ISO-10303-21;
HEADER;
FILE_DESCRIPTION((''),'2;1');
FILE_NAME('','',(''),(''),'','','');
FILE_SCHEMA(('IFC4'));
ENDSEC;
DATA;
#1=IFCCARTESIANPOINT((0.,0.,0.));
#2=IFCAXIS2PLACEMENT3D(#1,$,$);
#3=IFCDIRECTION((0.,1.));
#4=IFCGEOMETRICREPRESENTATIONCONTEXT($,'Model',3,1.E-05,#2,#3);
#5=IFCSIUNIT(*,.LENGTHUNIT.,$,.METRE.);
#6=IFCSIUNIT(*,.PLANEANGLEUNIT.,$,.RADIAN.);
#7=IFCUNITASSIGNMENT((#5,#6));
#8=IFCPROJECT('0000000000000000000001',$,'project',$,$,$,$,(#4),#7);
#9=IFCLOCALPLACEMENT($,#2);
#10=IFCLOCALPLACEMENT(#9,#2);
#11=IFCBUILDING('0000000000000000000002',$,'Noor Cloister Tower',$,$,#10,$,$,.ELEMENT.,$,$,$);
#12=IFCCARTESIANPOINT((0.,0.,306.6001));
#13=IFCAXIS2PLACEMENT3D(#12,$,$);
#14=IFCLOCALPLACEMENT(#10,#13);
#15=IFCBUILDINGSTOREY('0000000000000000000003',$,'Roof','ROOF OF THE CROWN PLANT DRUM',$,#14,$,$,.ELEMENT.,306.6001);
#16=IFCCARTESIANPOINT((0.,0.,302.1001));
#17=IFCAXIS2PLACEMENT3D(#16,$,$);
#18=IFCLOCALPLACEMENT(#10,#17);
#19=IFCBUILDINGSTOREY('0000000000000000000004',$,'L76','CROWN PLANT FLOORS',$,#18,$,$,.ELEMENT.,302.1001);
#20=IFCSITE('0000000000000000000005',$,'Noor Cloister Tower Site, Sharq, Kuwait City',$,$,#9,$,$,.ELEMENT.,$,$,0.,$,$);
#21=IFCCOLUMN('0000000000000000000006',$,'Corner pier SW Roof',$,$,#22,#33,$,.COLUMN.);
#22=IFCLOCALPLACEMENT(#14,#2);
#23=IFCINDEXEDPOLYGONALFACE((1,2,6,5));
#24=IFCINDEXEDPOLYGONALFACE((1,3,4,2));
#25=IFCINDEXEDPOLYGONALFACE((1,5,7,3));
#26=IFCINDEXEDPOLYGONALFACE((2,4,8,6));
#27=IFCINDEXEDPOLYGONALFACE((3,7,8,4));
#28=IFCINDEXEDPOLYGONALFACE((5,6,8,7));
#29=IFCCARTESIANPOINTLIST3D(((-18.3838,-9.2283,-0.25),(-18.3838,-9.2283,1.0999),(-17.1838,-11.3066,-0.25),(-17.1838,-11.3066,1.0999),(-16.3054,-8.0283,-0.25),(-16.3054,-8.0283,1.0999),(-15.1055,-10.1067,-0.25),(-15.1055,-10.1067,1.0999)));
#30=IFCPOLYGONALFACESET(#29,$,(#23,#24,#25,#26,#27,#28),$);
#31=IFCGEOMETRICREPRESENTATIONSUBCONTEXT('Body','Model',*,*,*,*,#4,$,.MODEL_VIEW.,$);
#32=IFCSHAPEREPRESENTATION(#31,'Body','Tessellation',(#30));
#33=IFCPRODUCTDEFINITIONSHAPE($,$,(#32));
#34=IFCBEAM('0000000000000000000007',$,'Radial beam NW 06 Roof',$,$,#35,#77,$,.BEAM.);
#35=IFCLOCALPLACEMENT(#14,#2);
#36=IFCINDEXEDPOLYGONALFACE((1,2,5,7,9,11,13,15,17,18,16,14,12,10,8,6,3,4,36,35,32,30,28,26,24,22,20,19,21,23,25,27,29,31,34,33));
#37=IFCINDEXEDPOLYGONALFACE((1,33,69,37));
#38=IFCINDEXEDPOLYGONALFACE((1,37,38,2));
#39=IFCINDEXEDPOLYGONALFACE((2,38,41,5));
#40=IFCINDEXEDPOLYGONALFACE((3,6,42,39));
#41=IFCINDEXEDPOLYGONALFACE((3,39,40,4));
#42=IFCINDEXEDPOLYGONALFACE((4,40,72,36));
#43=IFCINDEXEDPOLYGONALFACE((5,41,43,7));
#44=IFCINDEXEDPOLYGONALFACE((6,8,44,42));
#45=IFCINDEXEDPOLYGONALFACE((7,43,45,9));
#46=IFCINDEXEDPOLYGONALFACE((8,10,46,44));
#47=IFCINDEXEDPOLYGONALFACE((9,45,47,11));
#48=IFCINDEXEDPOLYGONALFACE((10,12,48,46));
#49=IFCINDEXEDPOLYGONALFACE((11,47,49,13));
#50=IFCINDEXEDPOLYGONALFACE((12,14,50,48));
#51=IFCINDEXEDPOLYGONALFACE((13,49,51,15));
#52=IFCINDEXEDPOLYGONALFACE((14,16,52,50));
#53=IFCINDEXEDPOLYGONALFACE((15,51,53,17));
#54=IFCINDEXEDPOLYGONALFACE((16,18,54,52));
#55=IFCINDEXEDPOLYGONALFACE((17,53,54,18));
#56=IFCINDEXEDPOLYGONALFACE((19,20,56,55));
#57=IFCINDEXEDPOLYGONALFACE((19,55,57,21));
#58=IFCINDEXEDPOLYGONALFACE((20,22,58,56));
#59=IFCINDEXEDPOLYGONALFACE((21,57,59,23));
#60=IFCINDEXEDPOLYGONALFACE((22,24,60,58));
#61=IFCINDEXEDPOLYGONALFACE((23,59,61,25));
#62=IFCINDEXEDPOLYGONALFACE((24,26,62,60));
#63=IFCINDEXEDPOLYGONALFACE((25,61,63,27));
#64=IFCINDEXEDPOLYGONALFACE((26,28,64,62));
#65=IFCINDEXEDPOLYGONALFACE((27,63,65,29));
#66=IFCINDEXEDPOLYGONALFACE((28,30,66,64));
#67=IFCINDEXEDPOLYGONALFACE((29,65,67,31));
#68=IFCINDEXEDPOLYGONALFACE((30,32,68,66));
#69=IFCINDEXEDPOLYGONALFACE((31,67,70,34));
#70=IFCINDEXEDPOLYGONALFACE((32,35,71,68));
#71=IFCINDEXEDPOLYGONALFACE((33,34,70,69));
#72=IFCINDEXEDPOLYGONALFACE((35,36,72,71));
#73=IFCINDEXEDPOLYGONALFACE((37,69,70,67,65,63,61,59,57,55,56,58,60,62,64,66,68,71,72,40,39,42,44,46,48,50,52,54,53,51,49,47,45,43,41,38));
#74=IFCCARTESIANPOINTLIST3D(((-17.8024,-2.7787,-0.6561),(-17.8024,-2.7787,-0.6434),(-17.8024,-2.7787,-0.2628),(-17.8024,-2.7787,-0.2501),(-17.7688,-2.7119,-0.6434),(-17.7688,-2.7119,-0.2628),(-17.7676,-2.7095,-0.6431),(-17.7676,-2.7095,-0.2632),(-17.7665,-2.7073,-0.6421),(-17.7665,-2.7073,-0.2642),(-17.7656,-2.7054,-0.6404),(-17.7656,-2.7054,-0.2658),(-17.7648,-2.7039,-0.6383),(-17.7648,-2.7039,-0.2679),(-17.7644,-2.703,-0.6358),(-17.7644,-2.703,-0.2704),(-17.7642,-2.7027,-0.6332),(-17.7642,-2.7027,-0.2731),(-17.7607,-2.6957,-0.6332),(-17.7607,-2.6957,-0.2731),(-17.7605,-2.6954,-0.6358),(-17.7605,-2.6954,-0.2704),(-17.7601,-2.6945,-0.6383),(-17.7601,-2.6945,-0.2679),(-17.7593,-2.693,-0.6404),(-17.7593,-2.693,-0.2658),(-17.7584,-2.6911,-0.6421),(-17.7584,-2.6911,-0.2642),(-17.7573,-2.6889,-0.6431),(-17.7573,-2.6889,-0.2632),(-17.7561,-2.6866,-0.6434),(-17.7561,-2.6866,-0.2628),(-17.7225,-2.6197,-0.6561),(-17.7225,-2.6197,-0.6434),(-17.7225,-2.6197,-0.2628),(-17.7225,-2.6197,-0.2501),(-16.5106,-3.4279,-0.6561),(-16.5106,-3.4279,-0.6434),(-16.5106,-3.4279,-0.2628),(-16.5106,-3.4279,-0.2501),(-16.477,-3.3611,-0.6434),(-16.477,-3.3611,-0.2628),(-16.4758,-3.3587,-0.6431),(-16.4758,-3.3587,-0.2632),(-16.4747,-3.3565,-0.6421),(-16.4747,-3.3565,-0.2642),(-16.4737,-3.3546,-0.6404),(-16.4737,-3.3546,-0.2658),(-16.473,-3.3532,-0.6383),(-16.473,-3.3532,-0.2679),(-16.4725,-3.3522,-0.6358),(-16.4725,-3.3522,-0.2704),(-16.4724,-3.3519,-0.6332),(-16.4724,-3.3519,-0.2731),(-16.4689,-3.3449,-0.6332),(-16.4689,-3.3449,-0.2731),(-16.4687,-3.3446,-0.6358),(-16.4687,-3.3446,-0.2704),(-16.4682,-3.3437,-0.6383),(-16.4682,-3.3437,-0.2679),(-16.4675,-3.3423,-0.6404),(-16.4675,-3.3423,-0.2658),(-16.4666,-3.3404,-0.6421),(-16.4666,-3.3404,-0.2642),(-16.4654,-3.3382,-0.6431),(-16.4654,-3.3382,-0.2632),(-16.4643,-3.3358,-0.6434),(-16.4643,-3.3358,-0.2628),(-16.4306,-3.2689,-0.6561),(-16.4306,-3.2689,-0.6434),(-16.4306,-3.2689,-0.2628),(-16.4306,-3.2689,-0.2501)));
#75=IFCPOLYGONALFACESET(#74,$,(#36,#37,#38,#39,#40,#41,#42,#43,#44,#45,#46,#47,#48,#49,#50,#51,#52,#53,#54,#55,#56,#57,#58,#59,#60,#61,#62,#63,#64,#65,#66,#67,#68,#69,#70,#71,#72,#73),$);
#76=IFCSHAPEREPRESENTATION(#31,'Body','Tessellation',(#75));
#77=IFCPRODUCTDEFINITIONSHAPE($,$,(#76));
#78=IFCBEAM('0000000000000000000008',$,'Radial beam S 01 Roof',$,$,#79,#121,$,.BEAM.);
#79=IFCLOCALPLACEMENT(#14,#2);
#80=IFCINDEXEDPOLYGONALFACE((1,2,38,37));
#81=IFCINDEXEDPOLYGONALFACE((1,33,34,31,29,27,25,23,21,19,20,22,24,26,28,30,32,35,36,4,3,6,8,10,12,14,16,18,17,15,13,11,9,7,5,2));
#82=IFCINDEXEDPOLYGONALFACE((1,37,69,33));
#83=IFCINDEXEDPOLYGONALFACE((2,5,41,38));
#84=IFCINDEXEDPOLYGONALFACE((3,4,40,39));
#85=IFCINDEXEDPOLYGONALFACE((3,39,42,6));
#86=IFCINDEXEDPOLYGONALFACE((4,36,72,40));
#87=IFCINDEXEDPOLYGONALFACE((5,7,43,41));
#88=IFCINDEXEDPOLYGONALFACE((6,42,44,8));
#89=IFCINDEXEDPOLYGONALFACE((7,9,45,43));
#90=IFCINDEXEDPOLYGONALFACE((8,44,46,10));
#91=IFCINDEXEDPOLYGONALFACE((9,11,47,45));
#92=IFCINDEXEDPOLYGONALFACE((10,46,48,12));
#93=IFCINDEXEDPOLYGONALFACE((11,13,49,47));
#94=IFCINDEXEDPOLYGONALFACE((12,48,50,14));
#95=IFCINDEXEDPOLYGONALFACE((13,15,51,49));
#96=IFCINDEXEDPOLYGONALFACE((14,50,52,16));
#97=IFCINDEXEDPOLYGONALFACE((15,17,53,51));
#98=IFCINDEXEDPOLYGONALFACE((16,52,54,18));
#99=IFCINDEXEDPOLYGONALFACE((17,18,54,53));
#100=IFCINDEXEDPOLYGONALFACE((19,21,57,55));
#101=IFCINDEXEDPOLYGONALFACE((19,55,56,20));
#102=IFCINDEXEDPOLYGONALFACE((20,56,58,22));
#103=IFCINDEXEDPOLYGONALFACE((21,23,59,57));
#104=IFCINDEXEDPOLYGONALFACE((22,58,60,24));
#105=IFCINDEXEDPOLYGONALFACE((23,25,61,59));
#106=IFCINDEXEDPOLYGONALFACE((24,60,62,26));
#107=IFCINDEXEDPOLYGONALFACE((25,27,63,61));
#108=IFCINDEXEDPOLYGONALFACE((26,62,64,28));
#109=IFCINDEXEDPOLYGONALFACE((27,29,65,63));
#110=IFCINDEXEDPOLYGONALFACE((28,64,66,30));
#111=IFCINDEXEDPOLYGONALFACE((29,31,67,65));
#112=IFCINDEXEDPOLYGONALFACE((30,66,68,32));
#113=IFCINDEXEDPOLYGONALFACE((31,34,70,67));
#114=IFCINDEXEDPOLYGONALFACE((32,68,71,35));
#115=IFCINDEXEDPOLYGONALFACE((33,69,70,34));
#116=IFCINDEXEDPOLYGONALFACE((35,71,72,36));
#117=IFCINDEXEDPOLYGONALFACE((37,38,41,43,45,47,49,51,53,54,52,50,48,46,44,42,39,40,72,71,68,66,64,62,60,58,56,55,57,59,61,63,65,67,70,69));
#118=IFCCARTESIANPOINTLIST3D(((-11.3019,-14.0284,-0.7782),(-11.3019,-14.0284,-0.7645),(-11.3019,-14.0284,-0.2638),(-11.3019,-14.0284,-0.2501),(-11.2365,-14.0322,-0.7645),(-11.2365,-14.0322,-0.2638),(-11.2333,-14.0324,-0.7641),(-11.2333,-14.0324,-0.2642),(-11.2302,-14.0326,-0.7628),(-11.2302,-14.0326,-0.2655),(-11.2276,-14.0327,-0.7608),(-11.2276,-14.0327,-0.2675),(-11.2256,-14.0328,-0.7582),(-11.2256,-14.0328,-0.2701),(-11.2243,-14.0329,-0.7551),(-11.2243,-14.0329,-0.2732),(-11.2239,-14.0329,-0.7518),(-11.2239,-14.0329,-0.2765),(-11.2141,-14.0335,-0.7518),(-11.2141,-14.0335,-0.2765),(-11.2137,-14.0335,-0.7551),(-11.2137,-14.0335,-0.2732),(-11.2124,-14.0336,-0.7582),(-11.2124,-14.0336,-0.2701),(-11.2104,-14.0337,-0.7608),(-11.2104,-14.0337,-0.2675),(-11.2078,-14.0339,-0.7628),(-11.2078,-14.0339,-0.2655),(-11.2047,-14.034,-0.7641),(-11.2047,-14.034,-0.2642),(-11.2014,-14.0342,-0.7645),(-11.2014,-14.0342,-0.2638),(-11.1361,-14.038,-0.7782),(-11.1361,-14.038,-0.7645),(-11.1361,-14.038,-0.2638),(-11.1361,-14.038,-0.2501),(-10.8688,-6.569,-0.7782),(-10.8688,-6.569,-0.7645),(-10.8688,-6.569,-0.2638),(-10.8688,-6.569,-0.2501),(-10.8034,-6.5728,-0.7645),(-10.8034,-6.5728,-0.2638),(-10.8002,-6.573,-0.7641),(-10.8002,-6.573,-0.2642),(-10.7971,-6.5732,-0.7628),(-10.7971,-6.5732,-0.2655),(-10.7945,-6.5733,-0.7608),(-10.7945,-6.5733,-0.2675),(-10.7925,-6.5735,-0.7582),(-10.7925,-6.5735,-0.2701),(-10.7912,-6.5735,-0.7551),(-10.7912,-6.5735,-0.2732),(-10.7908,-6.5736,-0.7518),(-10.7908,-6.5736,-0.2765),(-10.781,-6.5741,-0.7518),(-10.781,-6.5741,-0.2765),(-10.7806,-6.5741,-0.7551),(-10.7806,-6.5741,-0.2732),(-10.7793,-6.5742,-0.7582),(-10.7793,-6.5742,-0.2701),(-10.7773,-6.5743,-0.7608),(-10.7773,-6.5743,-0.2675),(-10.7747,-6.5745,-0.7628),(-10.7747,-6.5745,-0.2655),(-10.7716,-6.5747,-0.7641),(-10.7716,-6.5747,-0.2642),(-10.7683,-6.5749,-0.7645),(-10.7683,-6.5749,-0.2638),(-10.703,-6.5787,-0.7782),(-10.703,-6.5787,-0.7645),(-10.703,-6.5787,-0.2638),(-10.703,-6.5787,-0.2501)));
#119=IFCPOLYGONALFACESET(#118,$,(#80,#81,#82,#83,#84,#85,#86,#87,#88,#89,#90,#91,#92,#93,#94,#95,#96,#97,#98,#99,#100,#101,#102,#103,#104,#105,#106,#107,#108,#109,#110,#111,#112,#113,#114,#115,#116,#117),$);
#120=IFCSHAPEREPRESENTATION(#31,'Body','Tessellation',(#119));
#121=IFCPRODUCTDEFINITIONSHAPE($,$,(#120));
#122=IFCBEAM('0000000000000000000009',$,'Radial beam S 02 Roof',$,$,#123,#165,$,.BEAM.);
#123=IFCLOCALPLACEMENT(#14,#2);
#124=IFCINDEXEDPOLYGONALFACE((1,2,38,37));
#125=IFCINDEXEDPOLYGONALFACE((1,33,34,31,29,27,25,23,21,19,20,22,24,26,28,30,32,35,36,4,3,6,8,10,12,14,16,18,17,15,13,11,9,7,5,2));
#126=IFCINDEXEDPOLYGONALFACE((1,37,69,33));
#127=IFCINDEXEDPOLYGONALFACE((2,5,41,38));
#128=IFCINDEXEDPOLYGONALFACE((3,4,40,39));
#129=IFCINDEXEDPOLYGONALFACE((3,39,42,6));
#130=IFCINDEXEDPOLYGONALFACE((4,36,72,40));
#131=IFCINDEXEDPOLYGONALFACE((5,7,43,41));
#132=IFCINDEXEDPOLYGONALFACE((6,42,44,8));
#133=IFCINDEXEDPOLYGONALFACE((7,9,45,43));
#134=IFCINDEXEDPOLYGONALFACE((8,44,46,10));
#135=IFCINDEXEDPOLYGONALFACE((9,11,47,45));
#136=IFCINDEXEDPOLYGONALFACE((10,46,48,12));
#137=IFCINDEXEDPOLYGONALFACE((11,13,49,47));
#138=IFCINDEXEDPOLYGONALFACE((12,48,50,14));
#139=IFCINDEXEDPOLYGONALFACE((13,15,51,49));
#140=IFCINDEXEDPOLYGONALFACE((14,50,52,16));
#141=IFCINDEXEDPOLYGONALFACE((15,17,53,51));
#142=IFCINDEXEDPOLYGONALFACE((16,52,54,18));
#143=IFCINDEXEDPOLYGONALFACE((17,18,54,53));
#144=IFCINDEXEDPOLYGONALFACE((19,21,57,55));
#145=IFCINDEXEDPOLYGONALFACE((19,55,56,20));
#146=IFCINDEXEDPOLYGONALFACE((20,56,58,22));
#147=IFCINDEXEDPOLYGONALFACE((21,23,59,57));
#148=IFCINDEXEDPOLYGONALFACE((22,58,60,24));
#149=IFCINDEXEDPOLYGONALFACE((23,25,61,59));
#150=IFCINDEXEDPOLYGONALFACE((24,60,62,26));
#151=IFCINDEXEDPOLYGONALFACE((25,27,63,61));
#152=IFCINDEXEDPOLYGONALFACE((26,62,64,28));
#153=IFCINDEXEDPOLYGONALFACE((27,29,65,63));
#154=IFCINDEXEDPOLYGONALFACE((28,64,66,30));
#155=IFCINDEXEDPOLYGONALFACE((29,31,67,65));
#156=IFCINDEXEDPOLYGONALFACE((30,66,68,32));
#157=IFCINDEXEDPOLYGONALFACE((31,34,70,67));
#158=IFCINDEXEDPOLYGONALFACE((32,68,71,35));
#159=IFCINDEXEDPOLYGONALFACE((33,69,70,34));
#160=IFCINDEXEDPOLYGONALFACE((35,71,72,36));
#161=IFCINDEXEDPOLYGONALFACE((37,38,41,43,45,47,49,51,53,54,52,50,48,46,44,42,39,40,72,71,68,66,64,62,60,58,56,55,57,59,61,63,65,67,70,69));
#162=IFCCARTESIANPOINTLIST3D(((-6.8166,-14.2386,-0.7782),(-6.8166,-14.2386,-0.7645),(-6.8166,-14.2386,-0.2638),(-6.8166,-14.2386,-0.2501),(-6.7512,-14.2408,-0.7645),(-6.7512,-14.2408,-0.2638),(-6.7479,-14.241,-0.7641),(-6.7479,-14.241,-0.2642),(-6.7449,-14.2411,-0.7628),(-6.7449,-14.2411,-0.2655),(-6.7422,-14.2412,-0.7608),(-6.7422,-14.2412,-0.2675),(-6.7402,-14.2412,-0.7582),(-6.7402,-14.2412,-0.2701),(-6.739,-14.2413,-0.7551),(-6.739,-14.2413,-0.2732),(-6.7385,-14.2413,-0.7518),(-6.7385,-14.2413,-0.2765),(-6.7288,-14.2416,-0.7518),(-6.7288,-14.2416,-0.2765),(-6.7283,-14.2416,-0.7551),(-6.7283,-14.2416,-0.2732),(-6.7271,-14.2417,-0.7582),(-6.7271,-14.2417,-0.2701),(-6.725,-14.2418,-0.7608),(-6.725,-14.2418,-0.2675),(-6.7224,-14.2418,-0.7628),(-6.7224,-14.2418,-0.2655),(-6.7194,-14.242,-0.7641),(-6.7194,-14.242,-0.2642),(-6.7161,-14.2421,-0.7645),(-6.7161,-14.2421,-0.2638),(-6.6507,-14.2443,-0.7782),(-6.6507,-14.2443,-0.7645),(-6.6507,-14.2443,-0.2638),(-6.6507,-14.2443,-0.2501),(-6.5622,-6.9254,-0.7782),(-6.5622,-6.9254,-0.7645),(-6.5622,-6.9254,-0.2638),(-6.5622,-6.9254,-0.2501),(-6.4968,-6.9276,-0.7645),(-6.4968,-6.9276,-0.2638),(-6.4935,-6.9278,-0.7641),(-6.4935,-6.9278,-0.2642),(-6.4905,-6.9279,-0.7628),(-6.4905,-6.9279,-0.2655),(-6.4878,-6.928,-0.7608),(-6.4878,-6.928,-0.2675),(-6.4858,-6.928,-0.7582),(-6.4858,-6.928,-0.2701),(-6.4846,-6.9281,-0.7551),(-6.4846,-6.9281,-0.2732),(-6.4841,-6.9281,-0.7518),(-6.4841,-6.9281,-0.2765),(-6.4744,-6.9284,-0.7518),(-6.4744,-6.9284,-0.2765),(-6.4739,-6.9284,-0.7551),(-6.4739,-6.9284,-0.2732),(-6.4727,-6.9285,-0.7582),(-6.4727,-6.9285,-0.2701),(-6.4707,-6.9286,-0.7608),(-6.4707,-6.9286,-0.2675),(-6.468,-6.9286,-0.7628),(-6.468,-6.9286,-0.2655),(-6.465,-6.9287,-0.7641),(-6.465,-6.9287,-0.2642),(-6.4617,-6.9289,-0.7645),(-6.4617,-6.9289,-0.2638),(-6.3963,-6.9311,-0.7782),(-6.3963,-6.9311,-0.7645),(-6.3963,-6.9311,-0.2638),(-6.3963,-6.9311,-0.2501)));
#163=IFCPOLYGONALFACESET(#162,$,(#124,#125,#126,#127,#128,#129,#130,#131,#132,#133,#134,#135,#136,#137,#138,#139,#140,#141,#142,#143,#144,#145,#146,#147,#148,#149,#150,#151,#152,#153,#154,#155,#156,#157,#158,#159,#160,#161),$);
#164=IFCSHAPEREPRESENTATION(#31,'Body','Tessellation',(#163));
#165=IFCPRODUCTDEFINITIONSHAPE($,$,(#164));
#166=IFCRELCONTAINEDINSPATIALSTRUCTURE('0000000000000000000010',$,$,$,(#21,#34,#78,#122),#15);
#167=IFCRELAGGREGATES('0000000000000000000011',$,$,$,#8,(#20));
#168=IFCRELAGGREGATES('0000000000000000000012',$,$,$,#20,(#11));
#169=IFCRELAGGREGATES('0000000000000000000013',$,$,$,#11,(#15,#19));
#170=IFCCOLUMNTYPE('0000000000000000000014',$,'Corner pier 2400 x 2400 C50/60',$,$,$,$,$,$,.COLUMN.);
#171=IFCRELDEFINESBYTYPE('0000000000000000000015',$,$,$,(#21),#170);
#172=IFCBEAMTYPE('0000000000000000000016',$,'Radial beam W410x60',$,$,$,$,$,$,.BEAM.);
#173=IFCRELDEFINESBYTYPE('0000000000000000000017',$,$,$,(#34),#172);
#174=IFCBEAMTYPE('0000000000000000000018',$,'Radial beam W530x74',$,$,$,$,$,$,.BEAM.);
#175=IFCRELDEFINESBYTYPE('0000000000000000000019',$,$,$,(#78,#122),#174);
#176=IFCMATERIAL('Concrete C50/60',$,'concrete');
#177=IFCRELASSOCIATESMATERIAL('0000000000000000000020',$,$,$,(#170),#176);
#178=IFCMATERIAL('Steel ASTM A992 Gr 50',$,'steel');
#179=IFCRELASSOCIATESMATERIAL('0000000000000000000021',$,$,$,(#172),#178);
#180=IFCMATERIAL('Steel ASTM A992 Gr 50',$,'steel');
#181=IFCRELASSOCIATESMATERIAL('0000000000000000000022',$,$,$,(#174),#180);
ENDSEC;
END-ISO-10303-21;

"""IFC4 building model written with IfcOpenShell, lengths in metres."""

from ifc_helpers import new_model, si_unit, direction, frame, origin, origin_2d, place, context, subcontext, project, spatial, rectangle, i_section, extrude, material, material_profile, profile_set, type_object, element, save


model = new_model("IFC4")

# Units and contexts
model_context = context("Model", 3, precision=1e-05, world=origin(), true_north=direction((0.0, 1.0)))
body_context = subcontext(model_context, "Body", "Model", "MODEL_VIEW")
ifc_project = project(units=[si_unit("LENGTHUNIT", "METRE"), si_unit("PLANEANGLEUNIT", "RADIAN")], contexts=[model_context])

# Site, building, storey
site_placement = place(None, origin())
site = spatial("IfcSite", under=ifc_project, at=site_placement, Name="Noor Cloister Tower Site, Sharq, Kuwait City", CompositionType="ELEMENT", RefElevation=0.0)
building_placement = place(site_placement, origin())
building = spatial("IfcBuilding", under=site, at=building_placement, Name="Noor Cloister Tower", CompositionType="ELEMENT")
storey_1_placement = place(building_placement, frame((0.0, 0.0, 306.6001)))
storey_1 = spatial("IfcBuildingStorey", under=building, at=storey_1_placement, Name="Roof", Description="ROOF OF THE CROWN PLANT DRUM", CompositionType="ELEMENT", Elevation=306.6001)

# Column
ifc_material_1 = material(Name="Concrete C50/60", Category="concrete")
ifc_material_profile_1 = material_profile(ifc_material_1, rectangle(XDim=2.3999, YDim=2.3999, at=origin_2d()), Name="RC 2400x2400")
ifc_profile_set_1 = profile_set([ifc_material_profile_1], Name="Concrete C50/60")
column_type = type_object("IfcColumnType", Name="Corner pier 2400 x 2400 C50/60", PredefinedType="COLUMN", material=ifc_profile_set_1)
column_placement = place(storey_1_placement, frame((-16.7446, -9.6675, -0.25), z_axis=(0.0, 0.0, 1.0), x_axis=(-0.866025, -0.5, 0.0)))
element("IfcColumn", 1, at=column_placement, inside=storey_1, type_object=column_type, Name="Corner pier SW Roof", PredefinedType="COLUMN", context=body_context, shape_type="SweptSolid", body=[
    extrude(rectangle(XDim=2.3999, YDim=2.3999, at=origin_2d()), origin(), (0.0, 0.0, 1.0), 1.3499),
])

# Beams
ifc_material_2 = material(Name="Steel ASTM A992 Gr 50", Category="steel")
ifc_material_profile_2 = material_profile(ifc_material_2, i_section(OverallWidth=0.178, OverallDepth=0.406, WebThickness=0.0078, FlangeThickness=0.0127, FilletRadius=0.0103, at=origin_2d()), Name="W410x60")
ifc_profile_set_2 = profile_set([ifc_material_profile_2], Name="Steel ASTM A992 Gr 50")
beam_type_1 = type_object("IfcBeamType", Name="Radial beam W410x60", PredefinedType="BEAM", material=ifc_profile_set_2)
beam_1_placement = place(storey_1_placement, frame((-17.7625, -2.6992, -0.4531), z_axis=(0.893513, -0.449037, 0.0), x_axis=(0.449037, 0.893513, 0.0)))
element("IfcBeam", 2, at=beam_1_placement, inside=storey_1, type_object=beam_type_1, Name="Radial beam NW 06 Roof", PredefinedType="BEAM", context=body_context, shape_type="SweptSolid", body=[
    extrude(i_section(OverallWidth=0.178, OverallDepth=0.406, WebThickness=0.0078, FlangeThickness=0.0127, FilletRadius=0.0103, at=origin_2d()), origin(), (0.0, 0.0, 1.0), 1.4458),
])
ifc_material_3 = material(Name="Steel ASTM A992 Gr 50", Category="steel")
ifc_material_profile_3 = material_profile(ifc_material_3, i_section(OverallWidth=0.166, OverallDepth=0.5281, WebThickness=0.0098, FlangeThickness=0.0137, FilletRadius=0.0127, at=origin_2d()), Name="W530x74")
ifc_profile_set_3 = profile_set([ifc_material_profile_3], Name="Steel ASTM A992 Gr 50")
beam_type_2 = type_object("IfcBeamType", Name="Radial beam W530x74", PredefinedType="BEAM", material=ifc_profile_set_3)
beam_2_placement = place(storey_1_placement, frame((-11.219, -14.0332, -0.5142), z_axis=(0.057964, 0.998319, 0.0), x_axis=(-0.998319, 0.057964, 0.0)))
element("IfcBeam", 3, at=beam_2_placement, inside=storey_1, type_object=beam_type_2, Name="Radial beam S 01 Roof", PredefinedType="BEAM", context=body_context, shape_type="SweptSolid", body=[
    extrude(i_section(OverallWidth=0.166, OverallDepth=0.5281, WebThickness=0.0098, FlangeThickness=0.0137, FilletRadius=0.0127, at=origin_2d()), origin(), (0.0, 0.0, 1.0), 7.4719),
])
beam_3_placement = place(storey_1_placement, frame((-6.7336, -14.2415, -0.5142), z_axis=(0.034764, 0.999396, 0.0), x_axis=(-0.999396, 0.034764, 0.0)))
element("IfcBeam", 4, at=beam_3_placement, inside=storey_1, type_object=beam_type_2, Name="Radial beam S 02 Roof", PredefinedType="BEAM", context=body_context, shape_type="SweptSolid", body=[
    extrude(i_section(OverallWidth=0.166, OverallDepth=0.5281, WebThickness=0.0098, FlangeThickness=0.0137, FilletRadius=0.0127, at=origin_2d()), origin(), (0.0, 0.0, 1.0), 7.3176),
])

# Shared definitions
storey_2_placement = place(building_placement, frame((0.0, 0.0, 302.1001)))
storey_2 = spatial("IfcBuildingStorey", under=building, at=storey_2_placement, Name="L76", Description="CROWN PLANT FLOORS", CompositionType="ELEMENT", Elevation=302.1001)

save(model, "model.ifc")
